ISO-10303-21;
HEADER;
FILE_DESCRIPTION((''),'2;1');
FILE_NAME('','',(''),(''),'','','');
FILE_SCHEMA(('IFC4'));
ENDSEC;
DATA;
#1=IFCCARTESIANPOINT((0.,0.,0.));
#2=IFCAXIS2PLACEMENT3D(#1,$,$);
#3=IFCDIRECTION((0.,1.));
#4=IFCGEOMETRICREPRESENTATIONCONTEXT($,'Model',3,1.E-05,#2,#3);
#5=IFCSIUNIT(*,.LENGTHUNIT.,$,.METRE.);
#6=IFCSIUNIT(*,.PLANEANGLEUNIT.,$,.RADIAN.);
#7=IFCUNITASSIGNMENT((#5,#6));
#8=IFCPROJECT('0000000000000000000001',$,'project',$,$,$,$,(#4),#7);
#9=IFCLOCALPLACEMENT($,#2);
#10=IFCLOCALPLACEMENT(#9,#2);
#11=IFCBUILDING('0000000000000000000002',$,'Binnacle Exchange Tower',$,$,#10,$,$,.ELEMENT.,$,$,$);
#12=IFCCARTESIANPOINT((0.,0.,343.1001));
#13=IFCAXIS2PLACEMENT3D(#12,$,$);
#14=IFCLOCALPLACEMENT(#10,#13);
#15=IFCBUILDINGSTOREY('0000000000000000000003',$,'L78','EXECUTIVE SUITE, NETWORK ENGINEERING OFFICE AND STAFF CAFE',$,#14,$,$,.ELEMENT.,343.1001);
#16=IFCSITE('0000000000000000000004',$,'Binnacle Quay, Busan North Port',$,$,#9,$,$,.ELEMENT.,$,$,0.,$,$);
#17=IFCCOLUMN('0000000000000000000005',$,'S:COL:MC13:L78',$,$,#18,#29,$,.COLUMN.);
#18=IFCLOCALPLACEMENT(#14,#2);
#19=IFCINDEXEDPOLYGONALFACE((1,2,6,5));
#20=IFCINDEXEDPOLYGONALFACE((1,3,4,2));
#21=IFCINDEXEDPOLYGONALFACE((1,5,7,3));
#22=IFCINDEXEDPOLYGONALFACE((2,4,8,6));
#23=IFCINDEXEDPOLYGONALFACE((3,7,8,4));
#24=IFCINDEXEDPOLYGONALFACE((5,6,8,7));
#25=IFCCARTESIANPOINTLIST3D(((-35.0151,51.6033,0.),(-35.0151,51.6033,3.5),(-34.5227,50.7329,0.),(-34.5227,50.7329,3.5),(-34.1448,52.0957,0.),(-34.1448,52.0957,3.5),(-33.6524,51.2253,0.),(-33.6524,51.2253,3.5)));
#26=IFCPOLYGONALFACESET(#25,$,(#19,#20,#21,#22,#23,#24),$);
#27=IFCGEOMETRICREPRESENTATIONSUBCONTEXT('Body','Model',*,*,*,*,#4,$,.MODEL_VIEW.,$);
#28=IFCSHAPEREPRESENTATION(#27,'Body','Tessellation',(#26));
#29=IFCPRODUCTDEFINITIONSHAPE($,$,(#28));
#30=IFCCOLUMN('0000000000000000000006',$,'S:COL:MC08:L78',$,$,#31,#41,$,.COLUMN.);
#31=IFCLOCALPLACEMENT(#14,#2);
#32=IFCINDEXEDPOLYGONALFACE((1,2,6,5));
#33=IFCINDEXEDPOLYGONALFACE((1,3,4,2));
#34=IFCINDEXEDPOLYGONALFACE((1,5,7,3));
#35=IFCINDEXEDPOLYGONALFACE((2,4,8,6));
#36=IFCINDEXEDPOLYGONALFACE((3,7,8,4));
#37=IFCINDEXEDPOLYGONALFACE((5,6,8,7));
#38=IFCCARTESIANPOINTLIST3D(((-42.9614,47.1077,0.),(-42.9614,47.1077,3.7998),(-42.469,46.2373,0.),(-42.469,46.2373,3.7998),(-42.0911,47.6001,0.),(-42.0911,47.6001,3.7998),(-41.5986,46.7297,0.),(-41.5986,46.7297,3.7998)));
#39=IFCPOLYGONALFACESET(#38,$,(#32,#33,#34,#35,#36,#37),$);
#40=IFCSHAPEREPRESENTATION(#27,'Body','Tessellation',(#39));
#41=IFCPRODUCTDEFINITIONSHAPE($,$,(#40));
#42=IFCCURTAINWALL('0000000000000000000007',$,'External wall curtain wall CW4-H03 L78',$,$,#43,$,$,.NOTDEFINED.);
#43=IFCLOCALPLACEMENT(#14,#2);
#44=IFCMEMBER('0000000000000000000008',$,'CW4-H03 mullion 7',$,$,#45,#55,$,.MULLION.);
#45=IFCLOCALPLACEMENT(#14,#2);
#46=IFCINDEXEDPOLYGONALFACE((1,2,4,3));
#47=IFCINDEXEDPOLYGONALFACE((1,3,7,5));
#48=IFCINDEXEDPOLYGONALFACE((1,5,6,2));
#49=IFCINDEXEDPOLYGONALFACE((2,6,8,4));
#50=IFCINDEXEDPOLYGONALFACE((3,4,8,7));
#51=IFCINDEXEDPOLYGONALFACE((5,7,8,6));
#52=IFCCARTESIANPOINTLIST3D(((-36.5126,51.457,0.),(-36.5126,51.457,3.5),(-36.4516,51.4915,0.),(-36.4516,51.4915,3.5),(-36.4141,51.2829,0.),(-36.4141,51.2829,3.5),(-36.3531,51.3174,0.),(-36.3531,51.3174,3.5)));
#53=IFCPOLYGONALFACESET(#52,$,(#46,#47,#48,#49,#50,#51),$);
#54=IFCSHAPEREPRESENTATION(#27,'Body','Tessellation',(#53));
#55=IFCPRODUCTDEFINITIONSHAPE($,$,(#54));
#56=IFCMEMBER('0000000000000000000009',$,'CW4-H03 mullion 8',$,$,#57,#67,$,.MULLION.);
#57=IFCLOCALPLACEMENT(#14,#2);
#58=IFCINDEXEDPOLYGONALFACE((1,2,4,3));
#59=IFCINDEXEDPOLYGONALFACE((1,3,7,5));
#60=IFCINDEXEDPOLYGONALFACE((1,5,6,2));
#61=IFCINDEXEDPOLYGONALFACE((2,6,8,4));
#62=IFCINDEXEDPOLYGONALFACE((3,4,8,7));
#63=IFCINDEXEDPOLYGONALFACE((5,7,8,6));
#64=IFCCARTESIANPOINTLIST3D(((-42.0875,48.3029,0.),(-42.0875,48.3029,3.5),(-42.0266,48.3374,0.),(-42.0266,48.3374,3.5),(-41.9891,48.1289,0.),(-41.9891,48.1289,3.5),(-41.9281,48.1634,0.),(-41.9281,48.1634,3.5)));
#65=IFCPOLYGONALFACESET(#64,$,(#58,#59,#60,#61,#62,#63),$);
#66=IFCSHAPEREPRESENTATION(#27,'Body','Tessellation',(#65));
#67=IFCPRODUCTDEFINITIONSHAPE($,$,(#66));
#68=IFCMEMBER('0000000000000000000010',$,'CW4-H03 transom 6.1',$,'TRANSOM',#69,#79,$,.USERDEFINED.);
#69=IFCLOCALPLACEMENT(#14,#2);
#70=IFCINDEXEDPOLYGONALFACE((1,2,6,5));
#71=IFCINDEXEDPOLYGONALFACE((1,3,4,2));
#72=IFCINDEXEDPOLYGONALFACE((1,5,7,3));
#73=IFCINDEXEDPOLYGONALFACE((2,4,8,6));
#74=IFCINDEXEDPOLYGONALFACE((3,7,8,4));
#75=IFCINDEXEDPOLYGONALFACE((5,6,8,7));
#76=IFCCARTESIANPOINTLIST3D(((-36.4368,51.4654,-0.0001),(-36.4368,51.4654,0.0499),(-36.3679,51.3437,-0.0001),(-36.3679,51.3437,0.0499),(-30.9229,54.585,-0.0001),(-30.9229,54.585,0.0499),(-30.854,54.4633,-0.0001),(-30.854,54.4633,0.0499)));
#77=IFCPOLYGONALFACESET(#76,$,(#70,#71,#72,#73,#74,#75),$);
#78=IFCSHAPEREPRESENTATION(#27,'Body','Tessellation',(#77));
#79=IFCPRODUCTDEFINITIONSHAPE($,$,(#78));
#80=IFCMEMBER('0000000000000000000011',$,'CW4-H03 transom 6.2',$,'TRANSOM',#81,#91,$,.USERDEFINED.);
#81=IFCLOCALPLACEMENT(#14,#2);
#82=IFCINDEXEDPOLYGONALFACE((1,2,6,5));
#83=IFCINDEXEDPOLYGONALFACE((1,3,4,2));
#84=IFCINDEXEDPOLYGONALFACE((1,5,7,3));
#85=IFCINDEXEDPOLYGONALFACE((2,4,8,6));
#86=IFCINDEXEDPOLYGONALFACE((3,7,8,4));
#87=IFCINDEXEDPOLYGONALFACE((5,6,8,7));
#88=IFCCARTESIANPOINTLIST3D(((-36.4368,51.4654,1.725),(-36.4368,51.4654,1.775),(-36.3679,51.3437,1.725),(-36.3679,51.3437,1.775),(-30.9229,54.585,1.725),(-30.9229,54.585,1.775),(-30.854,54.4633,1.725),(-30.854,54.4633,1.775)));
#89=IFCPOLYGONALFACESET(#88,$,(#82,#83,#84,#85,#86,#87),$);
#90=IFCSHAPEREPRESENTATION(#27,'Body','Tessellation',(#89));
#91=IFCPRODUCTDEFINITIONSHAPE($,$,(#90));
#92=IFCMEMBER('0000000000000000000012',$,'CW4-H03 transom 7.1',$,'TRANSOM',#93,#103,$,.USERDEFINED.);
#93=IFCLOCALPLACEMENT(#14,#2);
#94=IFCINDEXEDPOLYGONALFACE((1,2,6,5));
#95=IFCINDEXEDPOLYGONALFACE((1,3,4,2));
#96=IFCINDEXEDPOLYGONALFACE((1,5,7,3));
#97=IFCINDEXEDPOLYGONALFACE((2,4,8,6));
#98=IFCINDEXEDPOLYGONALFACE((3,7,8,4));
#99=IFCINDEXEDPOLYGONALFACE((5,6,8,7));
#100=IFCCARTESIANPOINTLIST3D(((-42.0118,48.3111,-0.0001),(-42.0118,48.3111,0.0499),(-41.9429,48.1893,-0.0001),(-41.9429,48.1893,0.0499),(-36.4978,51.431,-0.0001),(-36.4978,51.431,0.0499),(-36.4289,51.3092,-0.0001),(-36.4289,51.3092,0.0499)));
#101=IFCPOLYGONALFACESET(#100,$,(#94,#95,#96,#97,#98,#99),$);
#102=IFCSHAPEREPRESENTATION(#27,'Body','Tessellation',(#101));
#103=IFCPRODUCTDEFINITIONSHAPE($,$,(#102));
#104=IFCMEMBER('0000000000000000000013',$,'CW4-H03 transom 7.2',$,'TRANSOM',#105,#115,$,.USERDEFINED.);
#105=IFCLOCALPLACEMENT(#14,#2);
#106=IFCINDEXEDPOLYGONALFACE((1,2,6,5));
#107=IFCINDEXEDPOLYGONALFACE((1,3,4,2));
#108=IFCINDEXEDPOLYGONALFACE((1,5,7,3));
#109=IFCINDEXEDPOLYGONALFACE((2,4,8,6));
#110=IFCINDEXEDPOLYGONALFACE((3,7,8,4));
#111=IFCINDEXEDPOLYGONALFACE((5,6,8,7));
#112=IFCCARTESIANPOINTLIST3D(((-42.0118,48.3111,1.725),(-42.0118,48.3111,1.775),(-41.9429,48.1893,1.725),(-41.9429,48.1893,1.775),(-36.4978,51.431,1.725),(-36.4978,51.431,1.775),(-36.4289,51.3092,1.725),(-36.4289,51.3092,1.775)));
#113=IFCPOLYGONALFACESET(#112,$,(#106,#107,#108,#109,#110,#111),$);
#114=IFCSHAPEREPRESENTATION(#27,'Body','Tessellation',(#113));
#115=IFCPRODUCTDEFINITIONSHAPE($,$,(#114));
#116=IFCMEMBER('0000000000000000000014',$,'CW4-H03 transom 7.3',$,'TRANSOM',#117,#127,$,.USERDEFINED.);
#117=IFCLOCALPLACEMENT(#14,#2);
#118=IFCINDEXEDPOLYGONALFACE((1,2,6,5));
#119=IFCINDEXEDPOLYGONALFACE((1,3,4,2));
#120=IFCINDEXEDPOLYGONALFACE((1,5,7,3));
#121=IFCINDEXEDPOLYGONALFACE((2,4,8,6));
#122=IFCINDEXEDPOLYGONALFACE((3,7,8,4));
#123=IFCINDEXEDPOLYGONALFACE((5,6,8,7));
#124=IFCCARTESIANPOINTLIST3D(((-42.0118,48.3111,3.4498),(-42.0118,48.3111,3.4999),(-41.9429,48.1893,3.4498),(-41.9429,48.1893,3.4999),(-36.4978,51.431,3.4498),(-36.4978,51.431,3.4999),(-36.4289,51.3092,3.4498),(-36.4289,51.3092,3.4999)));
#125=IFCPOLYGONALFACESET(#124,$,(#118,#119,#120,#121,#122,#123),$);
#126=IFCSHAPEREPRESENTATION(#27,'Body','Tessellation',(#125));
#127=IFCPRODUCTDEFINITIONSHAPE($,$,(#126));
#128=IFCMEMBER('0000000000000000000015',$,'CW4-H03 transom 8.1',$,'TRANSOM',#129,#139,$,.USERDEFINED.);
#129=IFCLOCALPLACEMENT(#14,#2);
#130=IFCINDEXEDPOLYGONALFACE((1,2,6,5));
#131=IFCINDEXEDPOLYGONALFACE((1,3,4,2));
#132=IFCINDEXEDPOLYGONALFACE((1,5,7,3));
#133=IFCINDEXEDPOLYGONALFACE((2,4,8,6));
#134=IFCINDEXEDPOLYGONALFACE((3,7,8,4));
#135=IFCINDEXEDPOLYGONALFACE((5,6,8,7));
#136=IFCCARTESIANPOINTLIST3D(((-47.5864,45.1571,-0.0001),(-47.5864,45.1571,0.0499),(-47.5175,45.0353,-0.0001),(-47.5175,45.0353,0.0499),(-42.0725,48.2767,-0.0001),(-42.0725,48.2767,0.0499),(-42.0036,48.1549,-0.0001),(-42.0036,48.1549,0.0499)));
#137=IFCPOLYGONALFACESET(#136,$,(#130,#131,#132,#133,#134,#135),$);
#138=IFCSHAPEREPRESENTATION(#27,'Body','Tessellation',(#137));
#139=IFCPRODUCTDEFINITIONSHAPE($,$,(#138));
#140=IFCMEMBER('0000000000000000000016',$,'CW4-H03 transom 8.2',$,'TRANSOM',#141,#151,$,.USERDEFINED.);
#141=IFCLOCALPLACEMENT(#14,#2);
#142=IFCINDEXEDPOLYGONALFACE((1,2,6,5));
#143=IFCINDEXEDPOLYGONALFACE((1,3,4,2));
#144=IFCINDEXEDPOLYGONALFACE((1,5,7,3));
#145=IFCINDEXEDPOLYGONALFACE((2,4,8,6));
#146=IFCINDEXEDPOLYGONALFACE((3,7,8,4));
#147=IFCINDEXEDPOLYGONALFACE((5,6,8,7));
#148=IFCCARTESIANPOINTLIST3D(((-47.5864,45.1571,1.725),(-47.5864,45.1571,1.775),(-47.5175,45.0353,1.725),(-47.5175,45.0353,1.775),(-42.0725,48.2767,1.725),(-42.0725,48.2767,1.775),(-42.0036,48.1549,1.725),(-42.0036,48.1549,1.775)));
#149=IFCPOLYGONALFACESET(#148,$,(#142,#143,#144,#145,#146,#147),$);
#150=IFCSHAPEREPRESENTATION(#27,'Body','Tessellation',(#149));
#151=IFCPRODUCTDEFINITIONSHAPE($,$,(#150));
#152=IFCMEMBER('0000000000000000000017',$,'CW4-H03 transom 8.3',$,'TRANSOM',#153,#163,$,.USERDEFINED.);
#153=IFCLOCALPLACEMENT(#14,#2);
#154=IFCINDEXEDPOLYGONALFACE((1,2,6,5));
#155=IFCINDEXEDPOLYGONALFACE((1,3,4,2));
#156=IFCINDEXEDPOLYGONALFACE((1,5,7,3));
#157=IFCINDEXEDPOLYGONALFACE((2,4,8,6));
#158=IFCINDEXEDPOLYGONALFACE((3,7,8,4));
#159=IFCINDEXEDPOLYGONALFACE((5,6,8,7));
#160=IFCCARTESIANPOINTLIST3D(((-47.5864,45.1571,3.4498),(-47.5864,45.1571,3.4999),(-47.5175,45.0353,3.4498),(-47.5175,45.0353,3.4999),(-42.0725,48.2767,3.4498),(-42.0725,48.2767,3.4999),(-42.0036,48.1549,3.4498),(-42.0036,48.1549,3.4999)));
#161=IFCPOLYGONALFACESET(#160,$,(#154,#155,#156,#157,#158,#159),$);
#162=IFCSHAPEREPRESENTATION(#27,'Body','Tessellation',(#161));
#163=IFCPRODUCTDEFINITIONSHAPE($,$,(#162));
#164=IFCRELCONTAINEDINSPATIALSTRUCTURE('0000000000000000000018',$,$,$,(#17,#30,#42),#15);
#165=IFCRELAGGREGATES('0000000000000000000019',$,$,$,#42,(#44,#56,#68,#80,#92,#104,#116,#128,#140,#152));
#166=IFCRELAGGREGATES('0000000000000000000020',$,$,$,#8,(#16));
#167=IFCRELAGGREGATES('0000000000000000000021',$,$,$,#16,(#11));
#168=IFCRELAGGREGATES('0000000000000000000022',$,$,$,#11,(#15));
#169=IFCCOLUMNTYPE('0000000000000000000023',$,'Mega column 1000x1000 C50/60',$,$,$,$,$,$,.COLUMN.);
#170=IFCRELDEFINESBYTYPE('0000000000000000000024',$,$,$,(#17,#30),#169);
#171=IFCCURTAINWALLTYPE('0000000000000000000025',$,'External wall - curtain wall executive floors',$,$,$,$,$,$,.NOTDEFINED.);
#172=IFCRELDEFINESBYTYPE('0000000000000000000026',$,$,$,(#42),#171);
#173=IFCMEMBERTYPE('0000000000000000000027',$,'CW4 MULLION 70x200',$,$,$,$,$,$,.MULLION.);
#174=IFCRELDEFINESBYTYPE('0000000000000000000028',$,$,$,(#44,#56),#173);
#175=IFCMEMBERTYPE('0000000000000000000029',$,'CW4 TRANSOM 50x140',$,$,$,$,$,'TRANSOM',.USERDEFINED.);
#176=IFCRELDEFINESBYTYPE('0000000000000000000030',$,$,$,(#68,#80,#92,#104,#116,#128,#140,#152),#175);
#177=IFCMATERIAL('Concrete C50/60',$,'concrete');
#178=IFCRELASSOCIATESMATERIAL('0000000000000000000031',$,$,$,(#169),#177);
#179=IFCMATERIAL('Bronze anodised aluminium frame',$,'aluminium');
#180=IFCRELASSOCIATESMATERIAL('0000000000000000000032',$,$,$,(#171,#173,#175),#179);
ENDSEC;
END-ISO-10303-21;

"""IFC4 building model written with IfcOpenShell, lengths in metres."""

from ifc_helpers import new_model, si_unit, direction, frame, origin, origin_2d, place, context, subcontext, project, spatial, rectangle, extrude, material, material_profile, profile_set, type_object, element, aggregate, save


model = new_model("IFC4")

# Units and contexts
model_context = context("Model", 3, precision=1e-05, world=origin(), true_north=direction((0.0, 1.0)))
body_context = subcontext(model_context, "Body", "Model", "MODEL_VIEW")
ifc_project = project(units=[si_unit("LENGTHUNIT", "METRE"), si_unit("PLANEANGLEUNIT", "RADIAN")], contexts=[model_context])

# Site, building, storey
site_placement = place(None, origin())
site = spatial("IfcSite", under=ifc_project, at=site_placement, Name="Binnacle Quay, Busan North Port", CompositionType="ELEMENT", RefElevation=0.0)
building_placement = place(site_placement, origin())
building = spatial("IfcBuilding", under=site, at=building_placement, Name="Binnacle Exchange Tower", CompositionType="ELEMENT")
storey_placement = place(building_placement, frame((0.0, 0.0, 343.1001)))
storey = spatial("IfcBuildingStorey", under=building, at=storey_placement, Name="L78", Description="EXECUTIVE SUITE, NETWORK ENGINEERING OFFICE AND STAFF CAFE", CompositionType="ELEMENT", Elevation=343.1001)

# Columns
ifc_material_1 = material(Name="Concrete C50/60", Category="concrete")
ifc_material_profile_1 = material_profile(ifc_material_1, rectangle(XDim=1.0, YDim=1.0, at=origin_2d()), Name="Mega column 1000x1000 C50/60")
ifc_profile_set_1 = profile_set([ifc_material_profile_1], Name="Concrete C50/60")
column_type = type_object("IfcColumnType", Name="Mega column 1000x1000 C50/60", PredefinedType="COLUMN", material=ifc_profile_set_1)
column_1_placement = place(storey_placement, frame((-34.3337, 51.4143, 0.0), z_axis=(0.0, 0.0, 1.0), x_axis=(-0.870356, -0.492424, 0.0)))
element("IfcColumn", 1, at=column_1_placement, inside=storey, type_object=column_type, Name="S:COL:MC13:L78", PredefinedType="COLUMN", context=body_context, shape_type="SweptSolid", body=[
    extrude(rectangle(XDim=1.0, YDim=1.0, at=origin_2d()), origin(), (0.0, 0.0, 1.0), 3.5),
])
column_2_placement = place(storey_placement, frame((-42.28, 46.9187, 0.0), z_axis=(0.0, 0.0, 1.0), x_axis=(-0.870356, -0.492424, 0.0)))
element("IfcColumn", 2, at=column_2_placement, inside=storey, type_object=column_type, Name="S:COL:MC08:L78", PredefinedType="COLUMN", context=body_context, shape_type="SweptSolid", body=[
    extrude(rectangle(XDim=1.0, YDim=1.0, at=origin_2d()), origin(), (0.0, 0.0, 1.0), 3.7998),
])

# Curtain wall, members
ifc_material_2 = material(Name="Bronze anodised aluminium frame", Category="aluminium")
curtain_wall_type = type_object("IfcCurtainWallType", Name="External wall - curtain wall executive floors", PredefinedType="NOTDEFINED", material=ifc_material_2)
curtain_wall_placement = place(storey_placement, origin())
curtain_wall = element("IfcCurtainWall", 3, at=curtain_wall_placement, inside=storey, type_object=curtain_wall_type, Name="External wall curtain wall CW4-H03 L78", PredefinedType="NOTDEFINED")
ifc_material_profile_2 = material_profile(ifc_material_2, rectangle(XDim=0.2, YDim=0.0701, at=origin_2d()), Name="AL 70x200")
ifc_profile_set_2 = profile_set([ifc_material_profile_2], Name="Bronze anodised aluminium frame")
member_type_1 = type_object("IfcMemberType", Name="CW4 MULLION 70x200", PredefinedType="MULLION", material=ifc_profile_set_2)
member_1_placement = place(storey_placement, frame((-36.4329, 51.3872, 0.0), z_axis=(0.0, 0.0, 1.0), x_axis=(0.492424, -0.870356, 0.0)))
member_1 = element("IfcMember", 4, at=member_1_placement, type_object=member_type_1, Name="CW4-H03 mullion 7", PredefinedType="MULLION", context=body_context, shape_type="SweptSolid", body=[
    extrude(rectangle(XDim=0.2, YDim=0.0701, at=origin_2d()), origin(), (0.0, 0.0, 1.0), 3.5),
])
member_2_placement = place(storey_placement, frame((-42.0078, 48.2332, 0.0), z_axis=(0.0, 0.0, 1.0), x_axis=(0.492424, -0.870356, 0.0)))
member_2 = element("IfcMember", 5, at=member_2_placement, type_object=member_type_1, Name="CW4-H03 mullion 8", PredefinedType="MULLION", context=body_context, shape_type="SweptSolid", body=[
    extrude(rectangle(XDim=0.2, YDim=0.0701, at=origin_2d()), origin(), (0.0, 0.0, 1.0), 3.5),
])
ifc_material_profile_3 = material_profile(ifc_material_2, rectangle(XDim=0.1399, YDim=0.05, at=origin_2d()), Name="AL 140x50")
ifc_profile_set_3 = profile_set([ifc_material_profile_3], Name="Bronze anodised aluminium frame")
member_type_2 = type_object("IfcMemberType", Name="CW4 TRANSOM 50x140", ElementType="TRANSOM", PredefinedType="USERDEFINED", material=ifc_profile_set_3)
member_3_placement = place(storey_placement, frame((-30.8884, 54.5242, 0.0249), z_axis=(-0.870355, -0.492424, 0.0), x_axis=(0.492424, -0.870355, 0.0)))
member_3 = element("IfcMember", 6, at=member_3_placement, type_object=member_type_2, Name="CW4-H03 transom 6.1", ObjectType="TRANSOM", PredefinedType="USERDEFINED", context=body_context, shape_type="SweptSolid", body=[
    extrude(rectangle(XDim=0.1399, YDim=0.05, at=origin_2d()), origin(), (0.0, 0.0, 1.0), 6.3352),
])
member_4_placement = place(storey_placement, frame((-30.8884, 54.5242, 1.75), z_axis=(-0.870355, -0.492424, 0.0), x_axis=(0.492424, -0.870355, 0.0)))
member_4 = element("IfcMember", 7, at=member_4_placement, type_object=member_type_2, Name="CW4-H03 transom 6.2", ObjectType="TRANSOM", PredefinedType="USERDEFINED", context=body_context, shape_type="SweptSolid", body=[
    extrude(rectangle(XDim=0.1399, YDim=0.05, at=origin_2d()), origin(), (0.0, 0.0, 1.0), 6.3352),
])
member_5_placement = place(storey_placement, frame((-36.4634, 51.3701, 0.0249), z_axis=(-0.870339, -0.492453, 0.0), x_axis=(0.492453, -0.870339, 0.0)))
member_5 = element("IfcMember", 8, at=member_5_placement, type_object=member_type_2, Name="CW4-H03 transom 7.1", ObjectType="TRANSOM", PredefinedType="USERDEFINED", context=body_context, shape_type="SweptSolid", body=[
    extrude(rectangle(XDim=0.1399, YDim=0.05, at=origin_2d()), origin(), (0.0, 0.0, 1.0), 6.3354),
])
member_6_placement = place(storey_placement, frame((-36.4634, 51.3701, 1.75), z_axis=(-0.870339, -0.492453, 0.0), x_axis=(0.492453, -0.870339, 0.0)))
member_6 = element("IfcMember", 9, at=member_6_placement, type_object=member_type_2, Name="CW4-H03 transom 7.2", ObjectType="TRANSOM", PredefinedType="USERDEFINED", context=body_context, shape_type="SweptSolid", body=[
    extrude(rectangle(XDim=0.1399, YDim=0.05, at=origin_2d()), origin(), (0.0, 0.0, 1.0), 6.3354),
])
member_7_placement = place(storey_placement, frame((-36.4634, 51.3701, 3.4749), z_axis=(-0.870339, -0.492453, 0.0), x_axis=(0.492453, -0.870339, 0.0)))
member_7 = element("IfcMember", 10, at=member_7_placement, type_object=member_type_2, Name="CW4-H03 transom 7.3", ObjectType="TRANSOM", PredefinedType="USERDEFINED", context=body_context, shape_type="SweptSolid", body=[
    extrude(rectangle(XDim=0.1399, YDim=0.05, at=origin_2d()), origin(), (0.0, 0.0, 1.0), 6.3354),
])
member_8_placement = place(storey_placement, frame((-42.0381, 48.2158, 0.0249), z_axis=(-0.870355, -0.492424, 0.0), x_axis=(0.492424, -0.870355, 0.0)))
member_8 = element("IfcMember", 11, at=member_8_placement, type_object=member_type_2, Name="CW4-H03 transom 8.1", ObjectType="TRANSOM", PredefinedType="USERDEFINED", context=body_context, shape_type="SweptSolid", body=[
    extrude(rectangle(XDim=0.1399, YDim=0.05, at=origin_2d()), origin(), (0.0, 0.0, 1.0), 6.3352),
])
member_9_placement = place(storey_placement, frame((-42.0381, 48.2158, 1.75), z_axis=(-0.870355, -0.492424, 0.0), x_axis=(0.492424, -0.870355, 0.0)))
member_9 = element("IfcMember", 12, at=member_9_placement, type_object=member_type_2, Name="CW4-H03 transom 8.2", ObjectType="TRANSOM", PredefinedType="USERDEFINED", context=body_context, shape_type="SweptSolid", body=[
    extrude(rectangle(XDim=0.1399, YDim=0.05, at=origin_2d()), origin(), (0.0, 0.0, 1.0), 6.3352),
])
member_10_placement = place(storey_placement, frame((-42.0381, 48.2158, 3.4749), z_axis=(-0.870355, -0.492424, 0.0), x_axis=(0.492424, -0.870355, 0.0)))
member_10 = element("IfcMember", 13, at=member_10_placement, type_object=member_type_2, Name="CW4-H03 transom 8.3", ObjectType="TRANSOM", PredefinedType="USERDEFINED", context=body_context, shape_type="SweptSolid", body=[
    extrude(rectangle(XDim=0.1399, YDim=0.05, at=origin_2d()), origin(), (0.0, 0.0, 1.0), 6.3352),
])

aggregate(curtain_wall, [member_1, member_2, member_3, member_4, member_5, member_6, member_7, member_8, member_9, member_10])

save(model, "model.ifc")
